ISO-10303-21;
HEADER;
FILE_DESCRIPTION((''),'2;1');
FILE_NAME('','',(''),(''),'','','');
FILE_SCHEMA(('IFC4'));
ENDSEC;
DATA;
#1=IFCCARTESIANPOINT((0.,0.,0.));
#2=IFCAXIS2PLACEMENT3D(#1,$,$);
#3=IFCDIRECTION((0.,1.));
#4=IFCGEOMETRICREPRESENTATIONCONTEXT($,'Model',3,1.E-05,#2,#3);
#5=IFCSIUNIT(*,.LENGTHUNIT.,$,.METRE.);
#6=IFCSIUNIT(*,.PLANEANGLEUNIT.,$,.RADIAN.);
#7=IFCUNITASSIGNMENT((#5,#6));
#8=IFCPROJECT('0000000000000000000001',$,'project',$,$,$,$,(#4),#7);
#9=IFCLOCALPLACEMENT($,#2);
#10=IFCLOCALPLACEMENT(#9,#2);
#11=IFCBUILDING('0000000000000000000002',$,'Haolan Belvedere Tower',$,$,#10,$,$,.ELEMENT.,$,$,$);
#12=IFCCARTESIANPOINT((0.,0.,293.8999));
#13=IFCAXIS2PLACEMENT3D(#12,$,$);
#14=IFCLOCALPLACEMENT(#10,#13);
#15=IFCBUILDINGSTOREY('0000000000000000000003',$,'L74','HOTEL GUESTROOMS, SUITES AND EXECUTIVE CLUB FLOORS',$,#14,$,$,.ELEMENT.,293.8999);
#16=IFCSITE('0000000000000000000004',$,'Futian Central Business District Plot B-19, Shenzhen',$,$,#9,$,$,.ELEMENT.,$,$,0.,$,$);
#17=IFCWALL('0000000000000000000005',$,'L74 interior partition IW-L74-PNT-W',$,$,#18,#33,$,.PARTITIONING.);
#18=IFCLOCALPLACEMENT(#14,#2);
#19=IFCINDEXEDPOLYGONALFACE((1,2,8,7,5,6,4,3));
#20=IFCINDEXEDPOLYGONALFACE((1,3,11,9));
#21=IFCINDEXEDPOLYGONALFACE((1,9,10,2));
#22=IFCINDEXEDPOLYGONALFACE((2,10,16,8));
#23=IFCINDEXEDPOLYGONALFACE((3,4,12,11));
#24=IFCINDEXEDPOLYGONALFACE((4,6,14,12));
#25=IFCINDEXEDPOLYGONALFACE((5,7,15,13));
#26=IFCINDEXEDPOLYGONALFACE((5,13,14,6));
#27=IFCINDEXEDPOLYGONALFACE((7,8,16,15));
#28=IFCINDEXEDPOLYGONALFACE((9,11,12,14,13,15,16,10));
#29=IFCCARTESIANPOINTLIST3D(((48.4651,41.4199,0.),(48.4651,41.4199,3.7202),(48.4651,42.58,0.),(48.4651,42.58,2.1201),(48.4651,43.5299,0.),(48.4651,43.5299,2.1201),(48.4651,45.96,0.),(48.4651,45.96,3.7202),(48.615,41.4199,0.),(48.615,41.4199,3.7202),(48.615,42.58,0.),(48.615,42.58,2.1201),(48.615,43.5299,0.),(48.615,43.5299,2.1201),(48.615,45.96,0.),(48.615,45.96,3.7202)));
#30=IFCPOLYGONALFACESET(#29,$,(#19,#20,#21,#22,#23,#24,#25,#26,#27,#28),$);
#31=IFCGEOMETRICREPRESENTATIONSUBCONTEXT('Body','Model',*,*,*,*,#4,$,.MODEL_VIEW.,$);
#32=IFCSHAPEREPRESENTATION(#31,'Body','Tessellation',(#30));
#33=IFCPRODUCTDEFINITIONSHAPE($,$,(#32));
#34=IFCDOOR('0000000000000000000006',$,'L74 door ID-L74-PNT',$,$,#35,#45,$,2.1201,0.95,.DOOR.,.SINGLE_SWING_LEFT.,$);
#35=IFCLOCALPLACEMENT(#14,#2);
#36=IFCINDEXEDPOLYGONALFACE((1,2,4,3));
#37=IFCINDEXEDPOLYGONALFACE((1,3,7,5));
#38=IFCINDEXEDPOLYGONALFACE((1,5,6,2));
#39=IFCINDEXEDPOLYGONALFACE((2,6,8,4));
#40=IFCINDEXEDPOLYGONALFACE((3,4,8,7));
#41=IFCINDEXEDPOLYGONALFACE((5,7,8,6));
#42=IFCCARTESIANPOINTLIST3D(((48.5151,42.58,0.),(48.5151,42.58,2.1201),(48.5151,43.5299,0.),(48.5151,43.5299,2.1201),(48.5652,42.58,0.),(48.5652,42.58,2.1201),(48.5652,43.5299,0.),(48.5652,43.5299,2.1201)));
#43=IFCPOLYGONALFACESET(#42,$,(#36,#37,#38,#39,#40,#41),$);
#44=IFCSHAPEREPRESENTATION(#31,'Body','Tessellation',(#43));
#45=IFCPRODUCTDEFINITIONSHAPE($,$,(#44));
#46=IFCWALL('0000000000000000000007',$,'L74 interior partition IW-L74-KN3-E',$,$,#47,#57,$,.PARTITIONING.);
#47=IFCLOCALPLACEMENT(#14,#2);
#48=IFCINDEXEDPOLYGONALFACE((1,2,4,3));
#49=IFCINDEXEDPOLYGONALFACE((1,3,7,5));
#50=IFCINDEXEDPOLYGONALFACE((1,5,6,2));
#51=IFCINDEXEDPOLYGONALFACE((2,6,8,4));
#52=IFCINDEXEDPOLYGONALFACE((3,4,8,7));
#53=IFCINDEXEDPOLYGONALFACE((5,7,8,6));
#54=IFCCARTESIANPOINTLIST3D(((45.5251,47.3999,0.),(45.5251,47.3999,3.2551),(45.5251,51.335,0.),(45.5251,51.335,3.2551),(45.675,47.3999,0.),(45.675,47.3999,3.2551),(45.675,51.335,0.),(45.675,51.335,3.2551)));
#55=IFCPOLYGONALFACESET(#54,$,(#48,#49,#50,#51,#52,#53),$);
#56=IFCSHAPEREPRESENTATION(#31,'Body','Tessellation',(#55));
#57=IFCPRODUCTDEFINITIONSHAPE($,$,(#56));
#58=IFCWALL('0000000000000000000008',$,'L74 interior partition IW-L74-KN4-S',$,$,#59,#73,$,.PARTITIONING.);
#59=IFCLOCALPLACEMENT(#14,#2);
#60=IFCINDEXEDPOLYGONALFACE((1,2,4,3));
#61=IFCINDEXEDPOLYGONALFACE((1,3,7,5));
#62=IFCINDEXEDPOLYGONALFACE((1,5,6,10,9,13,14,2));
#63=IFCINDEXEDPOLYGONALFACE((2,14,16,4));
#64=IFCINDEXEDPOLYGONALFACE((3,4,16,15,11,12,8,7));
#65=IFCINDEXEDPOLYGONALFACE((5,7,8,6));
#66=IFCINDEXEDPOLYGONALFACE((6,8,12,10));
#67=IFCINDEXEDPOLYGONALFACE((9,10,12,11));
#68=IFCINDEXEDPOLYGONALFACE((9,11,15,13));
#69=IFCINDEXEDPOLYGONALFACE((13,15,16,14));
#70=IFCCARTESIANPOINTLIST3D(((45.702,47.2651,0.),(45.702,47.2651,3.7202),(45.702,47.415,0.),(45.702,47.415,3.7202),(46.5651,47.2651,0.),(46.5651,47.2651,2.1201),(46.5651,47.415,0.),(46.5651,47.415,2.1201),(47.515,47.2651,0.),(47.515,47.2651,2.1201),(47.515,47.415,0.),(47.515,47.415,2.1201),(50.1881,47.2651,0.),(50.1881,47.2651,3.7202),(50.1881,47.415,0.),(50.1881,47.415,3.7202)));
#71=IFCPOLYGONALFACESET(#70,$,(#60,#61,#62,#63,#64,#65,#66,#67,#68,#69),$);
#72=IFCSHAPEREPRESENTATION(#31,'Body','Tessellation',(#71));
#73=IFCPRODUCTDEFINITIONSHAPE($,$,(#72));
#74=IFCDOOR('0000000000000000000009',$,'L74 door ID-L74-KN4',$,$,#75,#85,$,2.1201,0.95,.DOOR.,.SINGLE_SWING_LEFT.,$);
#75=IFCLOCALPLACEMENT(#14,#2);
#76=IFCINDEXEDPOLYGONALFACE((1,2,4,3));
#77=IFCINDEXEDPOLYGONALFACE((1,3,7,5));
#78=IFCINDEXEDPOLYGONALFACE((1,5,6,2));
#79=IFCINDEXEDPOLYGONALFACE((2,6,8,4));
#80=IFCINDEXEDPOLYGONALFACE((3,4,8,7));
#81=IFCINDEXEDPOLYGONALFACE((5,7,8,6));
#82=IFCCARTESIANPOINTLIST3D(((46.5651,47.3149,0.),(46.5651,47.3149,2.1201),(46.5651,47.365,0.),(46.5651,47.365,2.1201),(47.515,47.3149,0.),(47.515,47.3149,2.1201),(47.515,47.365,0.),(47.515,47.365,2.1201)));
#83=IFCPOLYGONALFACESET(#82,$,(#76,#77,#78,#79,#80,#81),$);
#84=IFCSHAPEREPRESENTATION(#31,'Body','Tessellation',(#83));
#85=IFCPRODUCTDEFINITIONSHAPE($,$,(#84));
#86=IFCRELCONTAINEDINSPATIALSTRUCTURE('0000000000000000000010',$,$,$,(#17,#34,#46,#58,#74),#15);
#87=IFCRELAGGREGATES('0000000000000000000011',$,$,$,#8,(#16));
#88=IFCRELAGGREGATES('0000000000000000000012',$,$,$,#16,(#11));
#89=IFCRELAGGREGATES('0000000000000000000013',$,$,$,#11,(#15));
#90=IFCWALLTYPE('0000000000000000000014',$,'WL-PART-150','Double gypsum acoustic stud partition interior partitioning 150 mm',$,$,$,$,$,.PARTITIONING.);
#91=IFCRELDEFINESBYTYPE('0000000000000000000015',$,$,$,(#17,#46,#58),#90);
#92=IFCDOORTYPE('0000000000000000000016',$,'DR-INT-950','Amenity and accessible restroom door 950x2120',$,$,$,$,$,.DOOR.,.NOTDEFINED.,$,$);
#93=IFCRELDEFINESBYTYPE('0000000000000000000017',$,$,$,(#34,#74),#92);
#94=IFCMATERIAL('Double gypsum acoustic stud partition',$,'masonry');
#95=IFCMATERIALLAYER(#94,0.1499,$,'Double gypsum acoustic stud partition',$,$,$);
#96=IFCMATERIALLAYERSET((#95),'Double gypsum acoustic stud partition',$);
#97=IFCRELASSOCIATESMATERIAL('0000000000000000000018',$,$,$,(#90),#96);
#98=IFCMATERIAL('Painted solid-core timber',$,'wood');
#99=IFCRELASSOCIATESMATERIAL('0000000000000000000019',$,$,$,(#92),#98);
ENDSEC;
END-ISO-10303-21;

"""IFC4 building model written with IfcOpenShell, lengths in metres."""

from ifc_helpers import new_model, si_unit, direction, frame, frame_2d, origin, place, context, subcontext, project, spatial, rectangle, extrude, material, layer, layer_set, type_object, element, fill, save


model = new_model("IFC4")

# Units and contexts
model_context = context("Model", 3, precision=1e-05, world=origin(), true_north=direction((0.0, 1.0)))
body_context = subcontext(model_context, "Body", "Model", "MODEL_VIEW")
ifc_project = project(units=[si_unit("LENGTHUNIT", "METRE"), si_unit("PLANEANGLEUNIT", "RADIAN")], contexts=[model_context])

# Site, building, storey
site_placement = place(None, origin())
site = spatial("IfcSite", under=ifc_project, at=site_placement, Name="Futian Central Business District Plot B-19, Shenzhen", CompositionType="ELEMENT", RefElevation=0.0)
building_placement = place(site_placement, origin())
building = spatial("IfcBuilding", under=site, at=building_placement, Name="Haolan Belvedere Tower", CompositionType="ELEMENT")
storey_placement = place(building_placement, frame((0.0, 0.0, 293.8999)))
storey = spatial("IfcBuildingStorey", under=building, at=storey_placement, Name="L74", Description="HOTEL GUESTROOMS, SUITES AND EXECUTIVE CLUB FLOORS", CompositionType="ELEMENT", Elevation=293.8999)

# Shared definitions
ifc_material_1 = material(Name="Double gypsum acoustic stud partition", Category="masonry")
ifc_layer_1 = layer(ifc_material_1, 0.1499, Name="Double gypsum acoustic stud partition")
ifc_layer_set_1 = layer_set([ifc_layer_1], Name="Double gypsum acoustic stud partition")
wall_type_1 = type_object("IfcWallType", Name="WL-PART-150", Description="Double gypsum acoustic stud partition interior partitioning 150 mm", PredefinedType="PARTITIONING", material=ifc_layer_set_1)

# Wall, opening, door
wall_1_placement = place(storey_placement, frame((48.54, 41.4199, 0.0), z_axis=(0.0, 0.0, 1.0), x_axis=(0.0, 1.0, 0.0)))
wall_1 = element("IfcWall", 1, at=wall_1_placement, inside=storey, type_object=wall_type_1, Name="L74 interior partition IW-L74-PNT-W", PredefinedType="PARTITIONING", context=body_context, shape_type="SweptSolid", body=[
    extrude(rectangle(XDim=4.54, YDim=0.1499, at=frame_2d((2.27, 0.0))), origin(), (0.0, 0.0, 1.0), 3.7202),
])
opening_1_placement = place(wall_1_placement, frame((1.1599, 0.0, 0.0)))
opening_1 = element("IfcOpeningElement", 2, at=opening_1_placement, cuts=wall_1, PredefinedType="OPENING", context=body_context, shape_type="SweptSolid", body=[
    extrude(rectangle(XDim=0.95, YDim=2.1201, at=frame_2d((0.4751, 1.0601))), frame((0.0, 0.085, 0.0), z_axis=(0.0, -1.0, 0.0), x_axis=(1.0, 0.0, 0.0)), (0.0, 0.0, 1.0), 0.1699),
])
ifc_material_2 = material(Name="Painted solid-core timber", Category="wood")
door_type = type_object("IfcDoorType", Name="DR-INT-950", Description="Amenity and accessible restroom door 950x2120", OperationType="NOTDEFINED", PredefinedType="DOOR", material=ifc_material_2)
door_1_placement = place(opening_1_placement, origin())
door_1 = element("IfcDoor", 3, at=door_1_placement, inside=storey, type_object=door_type, Name="L74 door ID-L74-PNT", OperationType="SINGLE_SWING_LEFT", OverallHeight=2.1201, OverallWidth=0.95, PredefinedType="DOOR", context=body_context, shape_type="SweptSolid", body=[
    extrude(rectangle(XDim=0.95, YDim=2.1201, at=frame_2d((0.4751, 1.0601))), frame((0.0, 0.0249, 0.0), z_axis=(0.0, -1.0, 0.0), x_axis=(1.0, 0.0, 0.0)), (0.0, 0.0, 1.0), 0.05),
])
fill(opening_1, door_1)

# Wall
wall_2_placement = place(storey_placement, frame((45.6001, 47.3999, 0.0), z_axis=(0.0, 0.0, 1.0), x_axis=(0.0, 1.0, 0.0)))
element("IfcWall", 4, at=wall_2_placement, inside=storey, type_object=wall_type_1, Name="L74 interior partition IW-L74-KN3-E", PredefinedType="PARTITIONING", context=body_context, shape_type="SweptSolid", body=[
    extrude(rectangle(XDim=3.9351, YDim=0.1499, at=frame_2d((1.9675, 0.0))), origin(), (0.0, 0.0, 1.0), 3.2551),
])

# Wall, opening, door
wall_3_placement = place(storey_placement, frame((45.7019, 47.3401, 0.0), z_axis=(0.0, 0.0, 1.0), x_axis=(1.0, 0.0, 0.0)))
wall_3 = element("IfcWall", 5, at=wall_3_placement, inside=storey, type_object=wall_type_1, Name="L74 interior partition IW-L74-KN4-S", PredefinedType="PARTITIONING", context=body_context, shape_type="SweptSolid", body=[
    extrude(rectangle(XDim=4.4861, YDim=0.1499, at=frame_2d((2.2432, 0.0))), origin(), (0.0, 0.0, 1.0), 3.7202),
])
opening_2_placement = place(wall_3_placement, frame((0.863, 0.0, 0.0)))
opening_2 = element("IfcOpeningElement", 6, at=opening_2_placement, cuts=wall_3, PredefinedType="OPENING", context=body_context, shape_type="SweptSolid", body=[
    extrude(rectangle(XDim=0.95, YDim=2.1201, at=frame_2d((0.4751, 1.0601))), frame((0.0, 0.085, 0.0), z_axis=(0.0, -1.0, 0.0), x_axis=(1.0, 0.0, 0.0)), (0.0, 0.0, 1.0), 0.1699),
])
door_2_placement = place(opening_2_placement, origin())
door_2 = element("IfcDoor", 7, at=door_2_placement, inside=storey, type_object=door_type, Name="L74 door ID-L74-KN4", OperationType="SINGLE_SWING_LEFT", OverallHeight=2.1201, OverallWidth=0.95, PredefinedType="DOOR", context=body_context, shape_type="SweptSolid", body=[
    extrude(rectangle(XDim=0.95, YDim=2.1201, at=frame_2d((0.4751, 1.0601))), frame((0.0, 0.0249, 0.0), z_axis=(0.0, -1.0, 0.0), x_axis=(1.0, 0.0, 0.0)), (0.0, 0.0, 1.0), 0.05),
])
fill(opening_2, door_2)

save(model, "model.ifc")
